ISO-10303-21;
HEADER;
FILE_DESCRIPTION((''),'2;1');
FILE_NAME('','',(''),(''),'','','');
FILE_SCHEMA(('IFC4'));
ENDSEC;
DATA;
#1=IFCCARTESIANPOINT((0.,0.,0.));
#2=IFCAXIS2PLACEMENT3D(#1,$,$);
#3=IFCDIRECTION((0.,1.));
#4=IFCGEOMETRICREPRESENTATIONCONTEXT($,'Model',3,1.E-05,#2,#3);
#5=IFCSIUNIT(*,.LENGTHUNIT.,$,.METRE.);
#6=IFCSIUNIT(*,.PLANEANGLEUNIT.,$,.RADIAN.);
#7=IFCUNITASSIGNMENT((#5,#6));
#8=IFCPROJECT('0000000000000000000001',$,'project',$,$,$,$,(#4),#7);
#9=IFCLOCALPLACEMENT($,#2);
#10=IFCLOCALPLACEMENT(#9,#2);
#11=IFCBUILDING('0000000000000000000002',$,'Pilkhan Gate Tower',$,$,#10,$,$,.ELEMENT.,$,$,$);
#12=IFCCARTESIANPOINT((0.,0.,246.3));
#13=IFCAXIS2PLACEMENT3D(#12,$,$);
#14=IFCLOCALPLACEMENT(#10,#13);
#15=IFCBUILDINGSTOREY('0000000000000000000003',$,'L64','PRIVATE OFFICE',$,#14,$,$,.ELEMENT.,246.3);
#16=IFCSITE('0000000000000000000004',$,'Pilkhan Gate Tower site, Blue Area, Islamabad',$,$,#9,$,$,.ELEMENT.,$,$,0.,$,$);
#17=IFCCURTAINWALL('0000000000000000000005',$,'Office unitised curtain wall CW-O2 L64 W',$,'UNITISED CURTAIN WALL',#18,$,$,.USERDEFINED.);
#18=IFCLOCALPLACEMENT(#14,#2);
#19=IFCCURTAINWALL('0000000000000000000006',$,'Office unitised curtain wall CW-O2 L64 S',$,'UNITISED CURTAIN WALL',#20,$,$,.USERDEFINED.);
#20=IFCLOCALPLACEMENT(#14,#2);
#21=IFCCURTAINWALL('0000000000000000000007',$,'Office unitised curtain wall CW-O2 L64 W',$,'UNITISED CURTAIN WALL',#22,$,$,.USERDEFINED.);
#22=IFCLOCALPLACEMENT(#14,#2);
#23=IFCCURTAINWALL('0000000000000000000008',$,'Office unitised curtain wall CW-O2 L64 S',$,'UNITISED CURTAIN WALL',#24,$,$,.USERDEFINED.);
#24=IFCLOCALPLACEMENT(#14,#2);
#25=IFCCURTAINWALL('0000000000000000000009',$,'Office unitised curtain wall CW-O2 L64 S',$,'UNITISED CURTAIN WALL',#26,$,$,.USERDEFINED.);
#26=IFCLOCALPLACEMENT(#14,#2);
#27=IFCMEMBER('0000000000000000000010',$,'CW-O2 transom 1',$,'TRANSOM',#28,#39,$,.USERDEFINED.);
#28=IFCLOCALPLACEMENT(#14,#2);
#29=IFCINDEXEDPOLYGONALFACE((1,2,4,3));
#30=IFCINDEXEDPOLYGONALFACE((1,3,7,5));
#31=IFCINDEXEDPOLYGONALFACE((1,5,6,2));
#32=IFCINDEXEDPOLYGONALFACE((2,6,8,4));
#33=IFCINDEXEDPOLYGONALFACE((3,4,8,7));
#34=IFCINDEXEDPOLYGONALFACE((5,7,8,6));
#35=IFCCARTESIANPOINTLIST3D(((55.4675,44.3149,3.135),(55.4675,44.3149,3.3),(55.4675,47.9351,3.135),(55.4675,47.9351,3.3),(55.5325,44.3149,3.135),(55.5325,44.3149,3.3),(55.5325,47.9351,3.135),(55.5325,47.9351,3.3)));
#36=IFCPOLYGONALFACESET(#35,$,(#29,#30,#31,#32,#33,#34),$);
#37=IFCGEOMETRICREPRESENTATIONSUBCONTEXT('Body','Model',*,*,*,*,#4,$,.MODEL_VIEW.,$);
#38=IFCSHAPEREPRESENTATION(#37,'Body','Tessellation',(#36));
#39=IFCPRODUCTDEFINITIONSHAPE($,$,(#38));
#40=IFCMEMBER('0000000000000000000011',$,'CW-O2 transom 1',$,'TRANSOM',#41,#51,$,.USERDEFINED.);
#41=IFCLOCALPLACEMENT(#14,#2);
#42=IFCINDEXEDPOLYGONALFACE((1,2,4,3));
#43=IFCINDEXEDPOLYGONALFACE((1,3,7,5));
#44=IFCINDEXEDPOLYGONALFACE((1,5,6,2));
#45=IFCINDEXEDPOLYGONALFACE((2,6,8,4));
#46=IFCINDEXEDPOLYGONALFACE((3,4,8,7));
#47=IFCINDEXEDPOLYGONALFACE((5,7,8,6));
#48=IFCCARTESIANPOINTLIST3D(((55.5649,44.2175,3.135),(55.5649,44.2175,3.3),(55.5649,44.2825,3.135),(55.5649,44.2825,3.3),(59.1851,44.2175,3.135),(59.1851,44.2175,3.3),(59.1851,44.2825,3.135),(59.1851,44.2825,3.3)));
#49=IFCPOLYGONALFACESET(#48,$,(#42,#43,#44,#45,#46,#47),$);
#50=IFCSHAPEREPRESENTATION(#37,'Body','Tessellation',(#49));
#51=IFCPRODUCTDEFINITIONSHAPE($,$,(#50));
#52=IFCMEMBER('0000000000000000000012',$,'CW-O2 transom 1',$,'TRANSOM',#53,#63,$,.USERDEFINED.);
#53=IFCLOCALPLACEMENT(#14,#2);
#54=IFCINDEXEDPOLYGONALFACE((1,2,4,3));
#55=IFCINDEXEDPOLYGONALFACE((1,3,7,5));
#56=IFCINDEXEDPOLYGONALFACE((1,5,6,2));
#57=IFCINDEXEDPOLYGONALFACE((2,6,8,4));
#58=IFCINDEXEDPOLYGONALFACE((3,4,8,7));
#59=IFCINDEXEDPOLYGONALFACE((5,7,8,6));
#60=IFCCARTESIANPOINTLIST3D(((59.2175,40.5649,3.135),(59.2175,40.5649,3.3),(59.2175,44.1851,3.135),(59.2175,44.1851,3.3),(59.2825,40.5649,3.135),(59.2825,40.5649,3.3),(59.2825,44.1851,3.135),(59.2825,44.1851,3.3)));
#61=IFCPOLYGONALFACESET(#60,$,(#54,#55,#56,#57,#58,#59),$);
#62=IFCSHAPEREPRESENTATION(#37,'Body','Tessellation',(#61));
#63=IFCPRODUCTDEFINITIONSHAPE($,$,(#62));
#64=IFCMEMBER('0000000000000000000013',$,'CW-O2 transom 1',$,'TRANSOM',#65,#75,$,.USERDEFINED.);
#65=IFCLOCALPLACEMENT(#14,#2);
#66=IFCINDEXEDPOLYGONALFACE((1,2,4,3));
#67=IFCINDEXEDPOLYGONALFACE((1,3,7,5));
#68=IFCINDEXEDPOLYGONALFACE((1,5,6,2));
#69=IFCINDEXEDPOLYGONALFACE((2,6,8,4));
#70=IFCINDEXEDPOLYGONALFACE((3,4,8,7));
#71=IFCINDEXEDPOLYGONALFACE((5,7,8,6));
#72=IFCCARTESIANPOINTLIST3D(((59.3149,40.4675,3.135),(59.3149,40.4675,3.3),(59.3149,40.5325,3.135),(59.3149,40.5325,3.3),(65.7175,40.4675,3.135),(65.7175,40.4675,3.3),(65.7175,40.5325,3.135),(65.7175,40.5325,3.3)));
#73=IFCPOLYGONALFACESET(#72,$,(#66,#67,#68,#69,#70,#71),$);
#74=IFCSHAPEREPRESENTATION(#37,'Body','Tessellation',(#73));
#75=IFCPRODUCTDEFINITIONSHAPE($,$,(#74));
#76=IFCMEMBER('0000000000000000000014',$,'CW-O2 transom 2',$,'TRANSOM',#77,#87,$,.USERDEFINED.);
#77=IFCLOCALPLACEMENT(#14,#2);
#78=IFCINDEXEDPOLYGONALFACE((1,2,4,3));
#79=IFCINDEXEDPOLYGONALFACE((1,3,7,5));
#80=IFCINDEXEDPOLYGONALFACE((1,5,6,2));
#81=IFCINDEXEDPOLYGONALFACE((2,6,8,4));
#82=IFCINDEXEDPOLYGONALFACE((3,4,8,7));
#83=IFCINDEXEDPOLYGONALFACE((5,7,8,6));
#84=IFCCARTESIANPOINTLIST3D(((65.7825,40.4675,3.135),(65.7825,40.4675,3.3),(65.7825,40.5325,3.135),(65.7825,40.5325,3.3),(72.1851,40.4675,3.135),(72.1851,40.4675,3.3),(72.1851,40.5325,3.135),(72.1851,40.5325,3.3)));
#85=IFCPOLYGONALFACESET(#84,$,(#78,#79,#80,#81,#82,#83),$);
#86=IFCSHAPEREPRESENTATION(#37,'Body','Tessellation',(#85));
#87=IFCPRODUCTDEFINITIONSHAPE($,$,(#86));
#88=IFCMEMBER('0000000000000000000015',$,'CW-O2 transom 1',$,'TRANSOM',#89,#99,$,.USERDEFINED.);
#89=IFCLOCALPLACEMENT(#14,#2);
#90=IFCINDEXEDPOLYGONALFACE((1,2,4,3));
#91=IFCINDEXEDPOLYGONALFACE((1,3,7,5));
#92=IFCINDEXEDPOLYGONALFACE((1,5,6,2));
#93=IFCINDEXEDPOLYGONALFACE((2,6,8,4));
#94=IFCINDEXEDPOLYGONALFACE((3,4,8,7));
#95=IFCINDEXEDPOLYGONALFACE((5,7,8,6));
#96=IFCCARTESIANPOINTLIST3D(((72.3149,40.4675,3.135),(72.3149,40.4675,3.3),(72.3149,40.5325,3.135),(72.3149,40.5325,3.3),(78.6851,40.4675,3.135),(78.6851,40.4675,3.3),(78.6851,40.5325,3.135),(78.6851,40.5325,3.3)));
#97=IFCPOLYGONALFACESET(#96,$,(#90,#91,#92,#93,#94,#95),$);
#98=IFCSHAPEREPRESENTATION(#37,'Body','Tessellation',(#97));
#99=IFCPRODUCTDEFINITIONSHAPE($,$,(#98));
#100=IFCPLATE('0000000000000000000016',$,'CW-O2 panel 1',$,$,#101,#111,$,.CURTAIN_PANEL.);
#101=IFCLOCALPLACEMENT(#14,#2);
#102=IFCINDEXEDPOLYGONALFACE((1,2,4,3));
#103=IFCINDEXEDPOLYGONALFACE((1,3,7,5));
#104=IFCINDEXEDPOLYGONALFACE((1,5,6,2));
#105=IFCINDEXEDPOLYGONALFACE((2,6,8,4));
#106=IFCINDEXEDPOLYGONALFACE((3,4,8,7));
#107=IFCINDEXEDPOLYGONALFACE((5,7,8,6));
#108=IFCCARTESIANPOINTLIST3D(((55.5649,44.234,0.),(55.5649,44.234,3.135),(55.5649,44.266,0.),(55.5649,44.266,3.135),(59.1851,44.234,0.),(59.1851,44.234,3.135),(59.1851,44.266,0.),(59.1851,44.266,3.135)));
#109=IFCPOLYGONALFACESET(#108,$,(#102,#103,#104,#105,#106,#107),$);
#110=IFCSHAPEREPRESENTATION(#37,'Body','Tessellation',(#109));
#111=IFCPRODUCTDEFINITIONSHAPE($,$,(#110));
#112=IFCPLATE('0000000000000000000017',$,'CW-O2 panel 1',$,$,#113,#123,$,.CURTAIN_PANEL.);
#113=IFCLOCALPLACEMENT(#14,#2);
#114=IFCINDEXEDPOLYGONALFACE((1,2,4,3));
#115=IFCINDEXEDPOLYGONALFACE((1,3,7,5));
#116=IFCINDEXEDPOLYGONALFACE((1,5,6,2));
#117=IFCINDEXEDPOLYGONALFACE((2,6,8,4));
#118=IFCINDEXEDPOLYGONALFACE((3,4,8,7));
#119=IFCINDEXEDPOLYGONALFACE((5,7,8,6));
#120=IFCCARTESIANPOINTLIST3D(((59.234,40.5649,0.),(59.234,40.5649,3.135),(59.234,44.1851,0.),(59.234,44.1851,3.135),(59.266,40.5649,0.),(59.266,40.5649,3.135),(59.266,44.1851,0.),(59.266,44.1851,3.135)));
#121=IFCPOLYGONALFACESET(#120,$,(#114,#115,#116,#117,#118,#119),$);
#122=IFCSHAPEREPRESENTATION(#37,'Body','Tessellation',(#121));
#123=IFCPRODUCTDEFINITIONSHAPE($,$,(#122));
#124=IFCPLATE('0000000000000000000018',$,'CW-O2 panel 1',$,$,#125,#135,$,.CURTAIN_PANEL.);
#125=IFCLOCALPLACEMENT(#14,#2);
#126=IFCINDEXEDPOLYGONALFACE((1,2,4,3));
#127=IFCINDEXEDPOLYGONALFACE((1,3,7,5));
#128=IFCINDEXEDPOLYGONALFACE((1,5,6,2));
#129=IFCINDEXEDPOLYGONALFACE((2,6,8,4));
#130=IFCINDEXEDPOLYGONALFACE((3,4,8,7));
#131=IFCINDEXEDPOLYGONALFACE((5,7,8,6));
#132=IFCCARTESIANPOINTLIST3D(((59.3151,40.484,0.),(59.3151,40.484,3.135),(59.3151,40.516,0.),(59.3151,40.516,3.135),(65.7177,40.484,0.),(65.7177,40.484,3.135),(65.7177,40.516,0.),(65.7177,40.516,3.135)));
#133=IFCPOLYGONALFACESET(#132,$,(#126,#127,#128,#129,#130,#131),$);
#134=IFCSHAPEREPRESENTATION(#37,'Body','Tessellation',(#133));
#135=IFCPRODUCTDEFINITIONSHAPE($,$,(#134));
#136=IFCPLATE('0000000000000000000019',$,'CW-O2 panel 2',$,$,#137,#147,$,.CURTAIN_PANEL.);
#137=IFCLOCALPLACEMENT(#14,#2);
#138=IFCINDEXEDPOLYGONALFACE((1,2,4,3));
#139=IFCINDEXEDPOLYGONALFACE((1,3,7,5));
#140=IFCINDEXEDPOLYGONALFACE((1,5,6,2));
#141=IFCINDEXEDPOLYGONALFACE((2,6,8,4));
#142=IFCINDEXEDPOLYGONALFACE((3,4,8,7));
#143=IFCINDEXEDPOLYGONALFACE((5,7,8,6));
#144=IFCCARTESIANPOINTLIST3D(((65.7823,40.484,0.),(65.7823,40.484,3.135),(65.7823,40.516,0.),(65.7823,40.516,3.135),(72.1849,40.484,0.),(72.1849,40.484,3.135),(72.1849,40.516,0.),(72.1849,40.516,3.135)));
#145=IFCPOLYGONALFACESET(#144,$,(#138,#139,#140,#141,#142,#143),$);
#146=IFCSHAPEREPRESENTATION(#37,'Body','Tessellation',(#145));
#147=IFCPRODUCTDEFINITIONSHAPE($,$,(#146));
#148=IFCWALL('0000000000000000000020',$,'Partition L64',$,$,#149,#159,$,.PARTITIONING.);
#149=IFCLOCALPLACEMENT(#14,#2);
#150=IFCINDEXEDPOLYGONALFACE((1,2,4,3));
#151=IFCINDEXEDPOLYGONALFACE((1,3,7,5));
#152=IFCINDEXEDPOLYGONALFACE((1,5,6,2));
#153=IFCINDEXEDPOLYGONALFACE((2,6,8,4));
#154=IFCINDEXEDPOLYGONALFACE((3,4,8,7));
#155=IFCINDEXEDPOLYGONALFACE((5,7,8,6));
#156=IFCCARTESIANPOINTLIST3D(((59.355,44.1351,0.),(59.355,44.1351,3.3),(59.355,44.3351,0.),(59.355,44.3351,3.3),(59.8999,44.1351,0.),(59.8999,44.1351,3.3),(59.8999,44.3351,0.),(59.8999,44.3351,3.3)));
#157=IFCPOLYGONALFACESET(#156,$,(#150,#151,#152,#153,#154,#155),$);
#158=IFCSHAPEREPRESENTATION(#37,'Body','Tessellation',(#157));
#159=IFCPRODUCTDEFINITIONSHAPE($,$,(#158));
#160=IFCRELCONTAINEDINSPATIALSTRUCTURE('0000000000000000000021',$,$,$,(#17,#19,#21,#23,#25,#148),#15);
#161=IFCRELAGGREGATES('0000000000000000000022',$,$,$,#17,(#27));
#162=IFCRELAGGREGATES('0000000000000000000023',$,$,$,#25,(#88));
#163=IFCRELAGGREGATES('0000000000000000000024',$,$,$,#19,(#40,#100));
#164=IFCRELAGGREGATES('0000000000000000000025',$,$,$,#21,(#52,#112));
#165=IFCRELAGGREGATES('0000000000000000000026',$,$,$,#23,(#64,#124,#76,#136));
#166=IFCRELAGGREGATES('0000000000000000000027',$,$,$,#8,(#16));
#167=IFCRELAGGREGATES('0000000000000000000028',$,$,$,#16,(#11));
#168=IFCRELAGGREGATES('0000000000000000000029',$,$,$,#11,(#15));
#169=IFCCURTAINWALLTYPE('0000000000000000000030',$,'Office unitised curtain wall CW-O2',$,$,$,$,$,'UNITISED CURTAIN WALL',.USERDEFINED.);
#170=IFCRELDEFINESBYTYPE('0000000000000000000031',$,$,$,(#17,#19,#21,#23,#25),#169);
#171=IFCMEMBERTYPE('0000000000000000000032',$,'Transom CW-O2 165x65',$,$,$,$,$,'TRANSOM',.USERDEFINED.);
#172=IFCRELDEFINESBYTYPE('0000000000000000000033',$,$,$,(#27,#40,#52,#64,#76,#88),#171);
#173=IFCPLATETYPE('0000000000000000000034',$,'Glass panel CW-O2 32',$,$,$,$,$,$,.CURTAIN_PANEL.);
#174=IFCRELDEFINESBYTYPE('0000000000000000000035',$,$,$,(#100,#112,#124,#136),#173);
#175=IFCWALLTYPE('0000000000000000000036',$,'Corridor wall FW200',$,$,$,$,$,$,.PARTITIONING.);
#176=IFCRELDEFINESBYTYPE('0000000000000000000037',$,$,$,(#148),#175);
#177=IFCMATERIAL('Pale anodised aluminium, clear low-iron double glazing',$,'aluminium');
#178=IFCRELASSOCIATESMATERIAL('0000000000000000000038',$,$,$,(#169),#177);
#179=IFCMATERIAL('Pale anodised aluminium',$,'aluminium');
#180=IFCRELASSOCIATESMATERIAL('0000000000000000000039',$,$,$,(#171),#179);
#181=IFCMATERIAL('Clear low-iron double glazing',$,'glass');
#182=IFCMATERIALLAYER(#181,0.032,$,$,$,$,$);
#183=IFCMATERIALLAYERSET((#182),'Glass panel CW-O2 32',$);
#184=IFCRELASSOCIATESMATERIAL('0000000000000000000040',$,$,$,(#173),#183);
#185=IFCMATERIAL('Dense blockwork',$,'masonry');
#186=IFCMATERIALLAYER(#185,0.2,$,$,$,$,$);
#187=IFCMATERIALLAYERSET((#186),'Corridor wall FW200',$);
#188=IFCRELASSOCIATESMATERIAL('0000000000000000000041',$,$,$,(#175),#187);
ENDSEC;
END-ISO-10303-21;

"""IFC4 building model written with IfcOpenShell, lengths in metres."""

from ifc_helpers import new_model, si_unit, direction, frame, frame_2d, origin, origin_2d, place, context, subcontext, project, spatial, rectangle, extrude, material, layer, layer_set, material_profile, profile_set, type_object, element, aggregate, save


model = new_model("IFC4")

# Units and contexts
model_context = context("Model", 3, precision=1e-05, world=origin(), true_north=direction((0.0, 1.0)))
body_context = subcontext(model_context, "Body", "Model", "MODEL_VIEW")
ifc_project = project(units=[si_unit("LENGTHUNIT", "METRE"), si_unit("PLANEANGLEUNIT", "RADIAN")], contexts=[model_context])

# Site, building, storey
site_placement = place(None, origin())
site = spatial("IfcSite", under=ifc_project, at=site_placement, Name="Pilkhan Gate Tower site, Blue Area, Islamabad", CompositionType="ELEMENT", RefElevation=0.0)
building_placement = place(site_placement, origin())
building = spatial("IfcBuilding", under=site, at=building_placement, Name="Pilkhan Gate Tower", CompositionType="ELEMENT")
storey_placement = place(building_placement, frame((0.0, 0.0, 246.3)))
storey = spatial("IfcBuildingStorey", under=building, at=storey_placement, Name="L64", Description="PRIVATE OFFICE", CompositionType="ELEMENT", Elevation=246.3)

# Curtain wall
ifc_material_1 = material(Name="Pale anodised aluminium, clear low-iron double glazing", Category="aluminium")
curtain_wall_type = type_object("IfcCurtainWallType", Name="Office unitised curtain wall CW-O2", ElementType="UNITISED CURTAIN WALL", PredefinedType="USERDEFINED", material=ifc_material_1)
curtain_wall_1_placement = place(storey_placement, origin())
curtain_wall_1 = element("IfcCurtainWall", 1, at=curtain_wall_1_placement, inside=storey, type_object=curtain_wall_type, Name="Office unitised curtain wall CW-O2 L64 W", ObjectType="UNITISED CURTAIN WALL", PredefinedType="USERDEFINED")
ifc_material_2 = material(Name="Pale anodised aluminium", Category="aluminium")

# Curtain walls
curtain_wall_2_placement = place(storey_placement, origin())
curtain_wall_2 = element("IfcCurtainWall", 2, at=curtain_wall_2_placement, inside=storey, type_object=curtain_wall_type, Name="Office unitised curtain wall CW-O2 L64 S", ObjectType="UNITISED CURTAIN WALL", PredefinedType="USERDEFINED")
curtain_wall_3_placement = place(storey_placement, origin())
curtain_wall_3 = element("IfcCurtainWall", 3, at=curtain_wall_3_placement, inside=storey, type_object=curtain_wall_type, Name="Office unitised curtain wall CW-O2 L64 W", ObjectType="UNITISED CURTAIN WALL", PredefinedType="USERDEFINED")
curtain_wall_4_placement = place(storey_placement, origin())
curtain_wall_4 = element("IfcCurtainWall", 4, at=curtain_wall_4_placement, inside=storey, type_object=curtain_wall_type, Name="Office unitised curtain wall CW-O2 L64 S", ObjectType="UNITISED CURTAIN WALL", PredefinedType="USERDEFINED")

# Curtain wall
curtain_wall_5_placement = place(storey_placement, origin())
curtain_wall_5 = element("IfcCurtainWall", 5, at=curtain_wall_5_placement, inside=storey, type_object=curtain_wall_type, Name="Office unitised curtain wall CW-O2 L64 S", ObjectType="UNITISED CURTAIN WALL", PredefinedType="USERDEFINED")

# Members
ifc_material_profile_1 = material_profile(ifc_material_2, rectangle(XDim=0.0649, YDim=0.165, at=origin_2d()), Name="Transom 165x65")
ifc_profile_set_1 = profile_set([ifc_material_profile_1], Name="Pale anodised aluminium")
member_type_1 = type_object("IfcMemberType", Name="Transom CW-O2 165x65", ElementType="TRANSOM", PredefinedType="USERDEFINED", material=ifc_profile_set_1)
member_1_placement = place(storey_placement, frame((55.5, 44.3149, 3.2175), z_axis=(0.0, 1.0, 0.0), x_axis=(-1.0, 0.0, 0.0)))
member_1 = element("IfcMember", 6, at=member_1_placement, type_object=member_type_1, Name="CW-O2 transom 1", ObjectType="TRANSOM", PredefinedType="USERDEFINED", context=body_context, shape_type="SweptSolid", body=[
    extrude(rectangle(XDim=0.0649, YDim=0.165, at=origin_2d()), origin(), (0.0, 0.0, 1.0), 3.6201),
])
aggregate(curtain_wall_1, [member_1])
member_2_placement = place(storey_placement, frame((55.5649, 44.25, 3.2175), z_axis=(1.0, 0.0, 0.0), x_axis=(0.0, 1.0, 0.0)))
member_2 = element("IfcMember", 7, at=member_2_placement, type_object=member_type_1, Name="CW-O2 transom 1", ObjectType="TRANSOM", PredefinedType="USERDEFINED", context=body_context, shape_type="SweptSolid", body=[
    extrude(rectangle(XDim=0.0649, YDim=0.165, at=origin_2d()), origin(), (0.0, 0.0, 1.0), 3.6201),
])
member_3_placement = place(storey_placement, frame((59.25, 40.5649, 3.2175), z_axis=(0.0, 1.0, 0.0), x_axis=(-1.0, 0.0, 0.0)))
member_3 = element("IfcMember", 8, at=member_3_placement, type_object=member_type_1, Name="CW-O2 transom 1", ObjectType="TRANSOM", PredefinedType="USERDEFINED", context=body_context, shape_type="SweptSolid", body=[
    extrude(rectangle(XDim=0.0649, YDim=0.165, at=origin_2d()), origin(), (0.0, 0.0, 1.0), 3.6201),
])
member_4_placement = place(storey_placement, frame((59.3149, 40.5, 3.2175), z_axis=(1.0, 0.0, 0.0), x_axis=(0.0, 1.0, 0.0)))
member_4 = element("IfcMember", 9, at=member_4_placement, type_object=member_type_1, Name="CW-O2 transom 1", ObjectType="TRANSOM", PredefinedType="USERDEFINED", context=body_context, shape_type="SweptSolid", body=[
    extrude(rectangle(XDim=0.0649, YDim=0.165, at=origin_2d()), origin(), (0.0, 0.0, 1.0), 6.4026),
])
member_5_placement = place(storey_placement, frame((65.7825, 40.5, 3.2175), z_axis=(1.0, 0.0, 0.0), x_axis=(0.0, 1.0, 0.0)))
member_5 = element("IfcMember", 10, at=member_5_placement, type_object=member_type_1, Name="CW-O2 transom 2", ObjectType="TRANSOM", PredefinedType="USERDEFINED", context=body_context, shape_type="SweptSolid", body=[
    extrude(rectangle(XDim=0.0649, YDim=0.165, at=origin_2d()), origin(), (0.0, 0.0, 1.0), 6.4026),
])
member_6_placement = place(storey_placement, frame((72.3149, 40.5, 3.2175), z_axis=(1.0, 0.0, 0.0), x_axis=(0.0, 1.0, 0.0)))
member_6 = element("IfcMember", 11, at=member_6_placement, type_object=member_type_1, Name="CW-O2 transom 1", ObjectType="TRANSOM", PredefinedType="USERDEFINED", context=body_context, shape_type="SweptSolid", body=[
    extrude(rectangle(XDim=0.0649, YDim=0.165, at=origin_2d()), origin(), (0.0, 0.0, 1.0), 6.3701),
])
aggregate(curtain_wall_5, [member_6])

# Plates
ifc_material_3 = material(Name="Clear low-iron double glazing", Category="glass")
ifc_layer_1 = layer(ifc_material_3, 0.032)
ifc_layer_set_1 = layer_set([ifc_layer_1], Name="Glass panel CW-O2 32")
plate_type = type_object("IfcPlateType", Name="Glass panel CW-O2 32", PredefinedType="CURTAIN_PANEL", material=ifc_layer_set_1)
plate_1_placement = place(storey_placement, frame((57.375, 44.25, 0.0), z_axis=(0.0, 0.0, 1.0), x_axis=(1.0, 0.0, 0.0)))
plate_1 = element("IfcPlate", 12, at=plate_1_placement, type_object=plate_type, Name="CW-O2 panel 1", PredefinedType="CURTAIN_PANEL", context=body_context, shape_type="SweptSolid", body=[
    extrude(rectangle(XDim=3.6201, YDim=0.032, at=origin_2d()), origin(), (0.0, 0.0, 1.0), 3.135),
])
aggregate(curtain_wall_2, [member_2, plate_1])
plate_2_placement = place(storey_placement, frame((59.25, 42.375, 0.0), z_axis=(0.0, 0.0, 1.0), x_axis=(0.0, 1.0, 0.0)))
plate_2 = element("IfcPlate", 13, at=plate_2_placement, type_object=plate_type, Name="CW-O2 panel 1", PredefinedType="CURTAIN_PANEL", context=body_context, shape_type="SweptSolid", body=[
    extrude(rectangle(XDim=3.6201, YDim=0.032, at=origin_2d()), origin(), (0.0, 0.0, 1.0), 3.135),
])
aggregate(curtain_wall_3, [member_3, plate_2])
plate_3_placement = place(storey_placement, frame((62.5164, 40.5, 0.0), z_axis=(0.0, 0.0, 1.0), x_axis=(1.0, 0.0, 0.0)))
plate_3 = element("IfcPlate", 14, at=plate_3_placement, type_object=plate_type, Name="CW-O2 panel 1", PredefinedType="CURTAIN_PANEL", context=body_context, shape_type="SweptSolid", body=[
    extrude(rectangle(XDim=6.4026, YDim=0.032, at=origin_2d()), origin(), (0.0, 0.0, 1.0), 3.135),
])
plate_4_placement = place(storey_placement, frame((68.9836, 40.5, 0.0), z_axis=(0.0, 0.0, 1.0), x_axis=(1.0, 0.0, 0.0)))
plate_4 = element("IfcPlate", 15, at=plate_4_placement, type_object=plate_type, Name="CW-O2 panel 2", PredefinedType="CURTAIN_PANEL", context=body_context, shape_type="SweptSolid", body=[
    extrude(rectangle(XDim=6.4026, YDim=0.032, at=origin_2d()), origin(), (0.0, 0.0, 1.0), 3.135),
])
aggregate(curtain_wall_4, [member_4, plate_3, member_5, plate_4])

# Wall
ifc_material_4 = material(Name="Dense blockwork", Category="masonry")
ifc_layer_2 = layer(ifc_material_4, 0.2)
ifc_layer_set_2 = layer_set([ifc_layer_2], Name="Corridor wall FW200")
wall_type_1 = type_object("IfcWallType", Name="Corridor wall FW200", PredefinedType="PARTITIONING", material=ifc_layer_set_2)
wall_1_placement = place(storey_placement, frame((59.355, 44.2351, 0.0), z_axis=(0.0, 0.0, 1.0), x_axis=(1.0, 0.0, 0.0)))
element("IfcWall", 16, at=wall_1_placement, inside=storey, type_object=wall_type_1, Name="Partition L64", PredefinedType="PARTITIONING", context=body_context, shape_type="SweptSolid", body=[
    extrude(rectangle(XDim=0.5449, YDim=0.2, at=frame_2d((0.2725, 0.0))), origin(), (0.0, 0.0, 1.0), 3.3),
])

save(model, "model.ifc")
